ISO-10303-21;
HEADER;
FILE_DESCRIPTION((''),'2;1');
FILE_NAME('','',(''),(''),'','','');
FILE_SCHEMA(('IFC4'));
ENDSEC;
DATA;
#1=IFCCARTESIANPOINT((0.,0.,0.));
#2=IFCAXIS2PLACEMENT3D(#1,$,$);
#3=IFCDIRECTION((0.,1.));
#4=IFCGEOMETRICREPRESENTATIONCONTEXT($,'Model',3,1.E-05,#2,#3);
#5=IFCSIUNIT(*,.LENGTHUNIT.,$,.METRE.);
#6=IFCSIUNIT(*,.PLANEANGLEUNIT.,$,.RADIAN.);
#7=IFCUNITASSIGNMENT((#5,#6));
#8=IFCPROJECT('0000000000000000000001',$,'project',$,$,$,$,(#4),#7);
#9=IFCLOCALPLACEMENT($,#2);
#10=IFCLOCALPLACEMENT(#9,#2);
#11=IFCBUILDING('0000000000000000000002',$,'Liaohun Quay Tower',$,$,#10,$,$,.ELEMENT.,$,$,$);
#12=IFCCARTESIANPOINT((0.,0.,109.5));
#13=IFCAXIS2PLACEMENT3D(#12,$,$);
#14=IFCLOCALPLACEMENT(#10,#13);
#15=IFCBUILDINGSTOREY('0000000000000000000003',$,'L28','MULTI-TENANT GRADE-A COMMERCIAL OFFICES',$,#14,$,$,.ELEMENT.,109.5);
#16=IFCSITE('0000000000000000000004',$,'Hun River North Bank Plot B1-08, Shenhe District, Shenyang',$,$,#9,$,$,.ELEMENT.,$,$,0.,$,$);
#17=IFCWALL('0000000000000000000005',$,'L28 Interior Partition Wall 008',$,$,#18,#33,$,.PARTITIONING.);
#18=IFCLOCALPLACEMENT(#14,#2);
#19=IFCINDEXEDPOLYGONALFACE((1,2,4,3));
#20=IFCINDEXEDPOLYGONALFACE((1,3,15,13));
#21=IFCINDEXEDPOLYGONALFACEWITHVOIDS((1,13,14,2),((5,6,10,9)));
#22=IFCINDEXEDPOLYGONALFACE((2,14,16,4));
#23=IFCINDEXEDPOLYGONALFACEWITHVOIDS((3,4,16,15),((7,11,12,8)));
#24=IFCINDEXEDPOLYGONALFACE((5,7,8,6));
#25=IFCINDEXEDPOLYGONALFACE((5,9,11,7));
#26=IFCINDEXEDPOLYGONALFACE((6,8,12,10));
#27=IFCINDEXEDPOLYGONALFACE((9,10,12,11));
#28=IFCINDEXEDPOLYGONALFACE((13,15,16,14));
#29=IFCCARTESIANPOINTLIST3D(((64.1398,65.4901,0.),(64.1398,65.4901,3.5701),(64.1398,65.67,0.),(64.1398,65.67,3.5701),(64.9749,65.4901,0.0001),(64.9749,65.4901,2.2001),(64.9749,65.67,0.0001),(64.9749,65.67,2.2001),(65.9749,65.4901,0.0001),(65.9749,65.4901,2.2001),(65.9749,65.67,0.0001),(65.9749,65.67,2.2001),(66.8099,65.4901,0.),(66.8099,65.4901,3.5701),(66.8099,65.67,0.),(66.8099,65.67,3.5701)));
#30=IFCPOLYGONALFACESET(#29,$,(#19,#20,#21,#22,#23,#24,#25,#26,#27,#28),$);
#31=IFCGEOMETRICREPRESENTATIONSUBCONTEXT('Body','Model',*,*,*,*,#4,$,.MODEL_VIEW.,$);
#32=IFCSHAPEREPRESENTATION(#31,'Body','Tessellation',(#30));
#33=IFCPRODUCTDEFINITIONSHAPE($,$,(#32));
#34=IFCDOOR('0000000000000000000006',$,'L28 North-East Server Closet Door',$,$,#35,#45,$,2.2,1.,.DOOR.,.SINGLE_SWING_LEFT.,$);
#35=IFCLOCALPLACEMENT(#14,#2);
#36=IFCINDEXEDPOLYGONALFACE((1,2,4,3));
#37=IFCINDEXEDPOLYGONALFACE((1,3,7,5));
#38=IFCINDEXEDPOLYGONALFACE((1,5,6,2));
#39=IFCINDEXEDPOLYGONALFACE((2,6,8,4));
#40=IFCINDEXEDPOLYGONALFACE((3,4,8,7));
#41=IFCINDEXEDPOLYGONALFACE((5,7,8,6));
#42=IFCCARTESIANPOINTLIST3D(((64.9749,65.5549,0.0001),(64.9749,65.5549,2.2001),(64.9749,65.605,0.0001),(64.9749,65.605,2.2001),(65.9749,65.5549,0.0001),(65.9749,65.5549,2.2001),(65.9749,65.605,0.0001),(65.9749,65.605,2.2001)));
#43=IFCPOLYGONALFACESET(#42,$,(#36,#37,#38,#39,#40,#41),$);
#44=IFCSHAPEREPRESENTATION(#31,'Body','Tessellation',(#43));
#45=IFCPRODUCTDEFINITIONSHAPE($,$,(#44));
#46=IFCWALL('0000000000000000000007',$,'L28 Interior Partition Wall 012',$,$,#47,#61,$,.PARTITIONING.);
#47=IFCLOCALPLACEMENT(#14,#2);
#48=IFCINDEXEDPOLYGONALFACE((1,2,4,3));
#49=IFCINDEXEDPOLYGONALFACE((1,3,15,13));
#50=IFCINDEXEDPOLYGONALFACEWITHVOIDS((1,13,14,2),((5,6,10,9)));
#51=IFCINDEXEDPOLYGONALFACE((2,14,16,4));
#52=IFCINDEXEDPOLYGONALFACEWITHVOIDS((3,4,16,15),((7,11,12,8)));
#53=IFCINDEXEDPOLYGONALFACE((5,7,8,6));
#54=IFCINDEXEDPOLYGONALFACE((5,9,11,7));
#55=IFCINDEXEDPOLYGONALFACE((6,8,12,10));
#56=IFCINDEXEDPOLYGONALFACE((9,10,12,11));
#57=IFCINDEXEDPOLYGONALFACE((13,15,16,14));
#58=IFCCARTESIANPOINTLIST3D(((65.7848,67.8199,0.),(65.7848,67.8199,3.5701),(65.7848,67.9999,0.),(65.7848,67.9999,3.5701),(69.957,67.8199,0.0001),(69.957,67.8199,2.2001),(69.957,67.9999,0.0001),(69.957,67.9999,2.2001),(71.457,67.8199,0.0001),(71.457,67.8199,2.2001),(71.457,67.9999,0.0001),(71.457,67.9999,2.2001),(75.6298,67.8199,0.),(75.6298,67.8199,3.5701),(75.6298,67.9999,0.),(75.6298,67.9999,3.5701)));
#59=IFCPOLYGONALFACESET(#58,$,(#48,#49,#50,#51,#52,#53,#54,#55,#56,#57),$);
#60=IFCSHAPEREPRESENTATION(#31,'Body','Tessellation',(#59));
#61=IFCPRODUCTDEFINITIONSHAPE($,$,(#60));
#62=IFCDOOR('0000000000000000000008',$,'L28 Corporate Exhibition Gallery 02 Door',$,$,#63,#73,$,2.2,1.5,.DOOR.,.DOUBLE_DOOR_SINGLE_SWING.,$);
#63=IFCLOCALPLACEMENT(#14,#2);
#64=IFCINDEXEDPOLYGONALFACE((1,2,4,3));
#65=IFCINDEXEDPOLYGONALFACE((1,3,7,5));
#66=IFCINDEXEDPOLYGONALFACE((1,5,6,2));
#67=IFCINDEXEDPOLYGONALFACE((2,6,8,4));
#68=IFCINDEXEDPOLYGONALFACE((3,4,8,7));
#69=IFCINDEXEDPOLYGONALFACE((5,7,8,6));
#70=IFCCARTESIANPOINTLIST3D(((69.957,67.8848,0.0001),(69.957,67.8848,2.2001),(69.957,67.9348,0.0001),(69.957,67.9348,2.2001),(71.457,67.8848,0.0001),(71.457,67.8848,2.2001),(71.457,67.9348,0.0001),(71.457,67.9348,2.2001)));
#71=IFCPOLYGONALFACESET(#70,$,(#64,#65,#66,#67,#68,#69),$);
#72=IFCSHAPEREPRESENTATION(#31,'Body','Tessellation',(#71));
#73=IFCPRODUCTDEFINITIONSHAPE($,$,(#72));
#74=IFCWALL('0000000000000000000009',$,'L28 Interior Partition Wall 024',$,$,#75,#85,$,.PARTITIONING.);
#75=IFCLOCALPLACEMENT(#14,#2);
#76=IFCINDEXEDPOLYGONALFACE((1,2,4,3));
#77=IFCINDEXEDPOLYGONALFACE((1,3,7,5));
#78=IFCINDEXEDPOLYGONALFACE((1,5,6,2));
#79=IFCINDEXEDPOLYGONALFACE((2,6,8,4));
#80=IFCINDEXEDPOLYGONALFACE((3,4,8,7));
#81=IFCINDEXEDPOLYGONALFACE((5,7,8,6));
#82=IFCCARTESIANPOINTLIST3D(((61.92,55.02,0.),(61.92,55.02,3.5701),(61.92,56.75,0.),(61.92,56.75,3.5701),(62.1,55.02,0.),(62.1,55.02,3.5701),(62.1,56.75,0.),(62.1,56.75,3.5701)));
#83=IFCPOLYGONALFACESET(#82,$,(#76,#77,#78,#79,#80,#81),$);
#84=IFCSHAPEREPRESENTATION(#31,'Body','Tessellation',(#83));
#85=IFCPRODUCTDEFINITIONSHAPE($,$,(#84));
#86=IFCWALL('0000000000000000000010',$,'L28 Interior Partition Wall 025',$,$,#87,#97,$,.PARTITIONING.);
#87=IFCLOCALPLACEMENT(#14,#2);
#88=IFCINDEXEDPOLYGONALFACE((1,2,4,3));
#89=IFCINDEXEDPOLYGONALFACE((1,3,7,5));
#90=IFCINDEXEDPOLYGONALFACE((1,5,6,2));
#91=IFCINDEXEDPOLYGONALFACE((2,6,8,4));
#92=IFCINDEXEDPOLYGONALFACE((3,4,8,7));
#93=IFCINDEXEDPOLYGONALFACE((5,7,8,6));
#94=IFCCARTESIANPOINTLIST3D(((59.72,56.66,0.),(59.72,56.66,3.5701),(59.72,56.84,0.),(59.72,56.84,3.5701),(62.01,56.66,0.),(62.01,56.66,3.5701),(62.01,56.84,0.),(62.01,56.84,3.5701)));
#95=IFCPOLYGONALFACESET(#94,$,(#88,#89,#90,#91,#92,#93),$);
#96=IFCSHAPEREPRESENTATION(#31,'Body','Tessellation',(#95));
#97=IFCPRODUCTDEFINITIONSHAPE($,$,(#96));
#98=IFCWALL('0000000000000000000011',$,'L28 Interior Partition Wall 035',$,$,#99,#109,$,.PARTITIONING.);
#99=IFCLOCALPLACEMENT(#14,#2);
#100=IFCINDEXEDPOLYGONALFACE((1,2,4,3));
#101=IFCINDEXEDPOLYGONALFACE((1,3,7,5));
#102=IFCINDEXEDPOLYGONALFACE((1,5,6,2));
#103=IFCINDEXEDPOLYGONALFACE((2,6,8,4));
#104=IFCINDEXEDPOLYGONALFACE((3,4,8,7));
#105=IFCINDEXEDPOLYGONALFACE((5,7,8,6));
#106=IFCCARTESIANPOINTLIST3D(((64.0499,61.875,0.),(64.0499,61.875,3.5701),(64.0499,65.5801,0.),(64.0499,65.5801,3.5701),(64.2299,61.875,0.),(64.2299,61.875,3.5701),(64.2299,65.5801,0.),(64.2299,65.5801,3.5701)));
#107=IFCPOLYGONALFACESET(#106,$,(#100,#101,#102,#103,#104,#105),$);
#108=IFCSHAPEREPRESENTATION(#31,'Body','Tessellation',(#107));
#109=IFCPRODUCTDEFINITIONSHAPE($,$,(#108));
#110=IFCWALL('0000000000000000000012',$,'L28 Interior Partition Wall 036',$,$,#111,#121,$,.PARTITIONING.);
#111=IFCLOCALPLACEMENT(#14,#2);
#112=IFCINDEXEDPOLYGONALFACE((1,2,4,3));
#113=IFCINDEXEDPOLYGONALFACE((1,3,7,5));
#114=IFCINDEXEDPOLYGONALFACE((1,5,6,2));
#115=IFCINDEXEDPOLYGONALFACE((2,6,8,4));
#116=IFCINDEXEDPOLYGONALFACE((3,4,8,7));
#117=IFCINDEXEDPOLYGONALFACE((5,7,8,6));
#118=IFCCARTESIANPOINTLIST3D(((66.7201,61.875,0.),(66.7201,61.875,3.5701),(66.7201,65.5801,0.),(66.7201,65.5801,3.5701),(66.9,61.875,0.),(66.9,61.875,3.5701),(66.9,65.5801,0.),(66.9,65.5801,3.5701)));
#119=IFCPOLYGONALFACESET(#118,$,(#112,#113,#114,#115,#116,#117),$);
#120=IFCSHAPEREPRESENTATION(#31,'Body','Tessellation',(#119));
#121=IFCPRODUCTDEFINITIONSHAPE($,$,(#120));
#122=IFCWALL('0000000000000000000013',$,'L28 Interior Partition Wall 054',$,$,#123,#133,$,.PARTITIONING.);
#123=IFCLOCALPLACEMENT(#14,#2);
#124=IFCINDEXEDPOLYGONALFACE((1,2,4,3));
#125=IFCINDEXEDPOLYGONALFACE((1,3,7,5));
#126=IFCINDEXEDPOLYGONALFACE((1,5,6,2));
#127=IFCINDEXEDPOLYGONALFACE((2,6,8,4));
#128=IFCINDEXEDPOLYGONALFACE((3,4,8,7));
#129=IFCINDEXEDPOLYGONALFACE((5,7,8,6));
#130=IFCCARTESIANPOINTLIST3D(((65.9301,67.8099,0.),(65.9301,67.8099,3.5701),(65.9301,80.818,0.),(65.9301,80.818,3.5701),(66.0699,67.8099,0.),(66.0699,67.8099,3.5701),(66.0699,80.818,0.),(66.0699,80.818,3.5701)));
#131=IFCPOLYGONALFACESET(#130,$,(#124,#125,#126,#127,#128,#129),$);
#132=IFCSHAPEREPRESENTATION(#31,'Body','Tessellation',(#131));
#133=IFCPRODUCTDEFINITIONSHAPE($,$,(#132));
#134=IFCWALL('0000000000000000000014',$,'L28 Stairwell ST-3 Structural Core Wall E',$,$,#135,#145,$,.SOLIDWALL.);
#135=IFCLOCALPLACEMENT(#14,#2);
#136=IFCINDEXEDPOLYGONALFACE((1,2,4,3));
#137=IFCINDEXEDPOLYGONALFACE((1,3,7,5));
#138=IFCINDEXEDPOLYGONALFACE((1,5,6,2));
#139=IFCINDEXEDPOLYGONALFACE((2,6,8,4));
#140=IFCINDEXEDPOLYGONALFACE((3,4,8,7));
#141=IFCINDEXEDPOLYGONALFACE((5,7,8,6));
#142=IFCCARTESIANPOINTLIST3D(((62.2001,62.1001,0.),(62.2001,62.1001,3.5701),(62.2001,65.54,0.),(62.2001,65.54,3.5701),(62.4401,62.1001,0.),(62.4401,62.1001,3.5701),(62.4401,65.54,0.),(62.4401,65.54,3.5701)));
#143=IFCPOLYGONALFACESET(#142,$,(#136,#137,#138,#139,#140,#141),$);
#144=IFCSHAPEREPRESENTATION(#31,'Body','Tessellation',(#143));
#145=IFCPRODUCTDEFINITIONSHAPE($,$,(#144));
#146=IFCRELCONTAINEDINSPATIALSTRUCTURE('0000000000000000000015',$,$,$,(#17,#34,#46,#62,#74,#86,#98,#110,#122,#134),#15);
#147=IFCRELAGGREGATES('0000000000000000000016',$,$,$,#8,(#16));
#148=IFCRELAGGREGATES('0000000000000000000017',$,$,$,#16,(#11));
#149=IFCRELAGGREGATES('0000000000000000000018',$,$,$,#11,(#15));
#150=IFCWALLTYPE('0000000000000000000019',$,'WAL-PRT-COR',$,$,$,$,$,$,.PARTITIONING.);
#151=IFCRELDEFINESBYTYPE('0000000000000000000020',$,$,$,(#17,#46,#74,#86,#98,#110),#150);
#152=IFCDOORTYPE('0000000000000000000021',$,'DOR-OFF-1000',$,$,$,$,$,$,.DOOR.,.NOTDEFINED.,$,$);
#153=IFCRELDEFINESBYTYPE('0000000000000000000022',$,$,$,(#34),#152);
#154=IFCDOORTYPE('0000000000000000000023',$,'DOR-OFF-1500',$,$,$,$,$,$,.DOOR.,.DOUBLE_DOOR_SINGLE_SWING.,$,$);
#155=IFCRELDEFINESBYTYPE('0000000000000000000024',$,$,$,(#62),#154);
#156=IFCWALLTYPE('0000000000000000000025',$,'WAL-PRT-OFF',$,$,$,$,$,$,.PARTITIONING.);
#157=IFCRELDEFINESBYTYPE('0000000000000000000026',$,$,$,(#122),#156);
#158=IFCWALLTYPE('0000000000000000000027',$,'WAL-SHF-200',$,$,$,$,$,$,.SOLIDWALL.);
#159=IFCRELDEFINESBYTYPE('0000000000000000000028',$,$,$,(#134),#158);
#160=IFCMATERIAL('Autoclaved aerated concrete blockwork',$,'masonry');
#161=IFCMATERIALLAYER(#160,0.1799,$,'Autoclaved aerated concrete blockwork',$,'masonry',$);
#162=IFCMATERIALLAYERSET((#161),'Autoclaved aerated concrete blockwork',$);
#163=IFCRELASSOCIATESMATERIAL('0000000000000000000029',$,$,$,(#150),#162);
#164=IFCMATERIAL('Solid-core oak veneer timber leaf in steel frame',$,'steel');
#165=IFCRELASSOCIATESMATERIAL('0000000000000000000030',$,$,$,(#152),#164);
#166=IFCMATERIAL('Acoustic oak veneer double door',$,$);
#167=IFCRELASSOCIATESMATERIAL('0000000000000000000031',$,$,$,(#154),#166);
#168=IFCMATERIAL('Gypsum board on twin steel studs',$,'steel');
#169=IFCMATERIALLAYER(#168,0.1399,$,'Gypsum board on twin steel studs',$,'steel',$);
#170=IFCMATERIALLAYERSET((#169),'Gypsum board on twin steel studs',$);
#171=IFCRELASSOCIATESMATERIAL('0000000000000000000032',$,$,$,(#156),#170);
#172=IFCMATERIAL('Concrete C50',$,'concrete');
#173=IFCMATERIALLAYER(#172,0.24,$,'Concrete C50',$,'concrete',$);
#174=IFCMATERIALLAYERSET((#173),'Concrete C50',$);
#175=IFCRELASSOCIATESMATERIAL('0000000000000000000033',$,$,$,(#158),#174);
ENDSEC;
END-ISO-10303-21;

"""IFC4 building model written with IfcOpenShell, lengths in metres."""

from ifc_helpers import new_model, si_unit, direction, frame, frame_2d, origin, place, context, subcontext, project, spatial, rectangle, extrude, source, transform, mapped, material, layer, layer_set, type_object, element, fill, save


model = new_model("IFC4")

# Units and contexts
model_context = context("Model", 3, precision=1e-05, world=origin(), true_north=direction((0.0, 1.0)))
body_context = subcontext(model_context, "Body", "Model", "MODEL_VIEW")
ifc_project = project(units=[si_unit("LENGTHUNIT", "METRE"), si_unit("PLANEANGLEUNIT", "RADIAN")], contexts=[model_context])

# Site, building, storey
site_placement = place(None, origin())
site = spatial("IfcSite", under=ifc_project, at=site_placement, Name="Hun River North Bank Plot B1-08, Shenhe District, Shenyang", CompositionType="ELEMENT", RefElevation=0.0)
building_placement = place(site_placement, origin())
building = spatial("IfcBuilding", under=site, at=building_placement, Name="Liaohun Quay Tower", CompositionType="ELEMENT")
storey_placement = place(building_placement, frame((0.0, 0.0, 109.5)))
storey = spatial("IfcBuildingStorey", under=building, at=storey_placement, Name="L28", Description="MULTI-TENANT GRADE-A COMMERCIAL OFFICES", CompositionType="ELEMENT", Elevation=109.5)

# Walls, openings, doors
ifc_material_1 = material(Name="Autoclaved aerated concrete blockwork", Category="masonry")
ifc_layer_1 = layer(ifc_material_1, 0.1799, Name="Autoclaved aerated concrete blockwork", Category="masonry")
ifc_layer_set_1 = layer_set([ifc_layer_1], Name="Autoclaved aerated concrete blockwork")
wall_type_1 = type_object("IfcWallType", Name="WAL-PRT-COR", PredefinedType="PARTITIONING", material=ifc_layer_set_1)
wall_1_placement = place(storey_placement, frame((64.1399, 65.5801, 0.0), z_axis=(0.0, 0.0, 1.0), x_axis=(1.0, 0.0, 0.0)))
wall_1 = element("IfcWall", 1, at=wall_1_placement, inside=storey, type_object=wall_type_1, Name="L28 Interior Partition Wall 008", PredefinedType="PARTITIONING", context=body_context, shape_type="SweptSolid", body=[
    extrude(rectangle(XDim=2.6702, YDim=0.1799, at=frame_2d((1.335, 0.0))), origin(), (0.0, 0.0, 1.0), 3.5701),
])
shared_shape_1 = source(origin(), body_context, "Body", "SweptSolid", [
    extrude(rectangle(XDim=1.0, YDim=2.2, at=frame_2d((0.5, 1.1001))), frame((0.0, 0.0999, 0.0), z_axis=(0.0, -1.0, 0.0), x_axis=(1.0, 0.0, 0.0)), (0.0, 0.0, 1.0), 0.2),
])
opening_1_placement = place(wall_1_placement, frame((0.835, 0.0, 0.0)))
opening_1 = element("IfcOpeningElement", 2, at=opening_1_placement, cuts=wall_1, PredefinedType="OPENING", context=body_context, shape_type="MappedRepresentation", body=[
    mapped(shared_shape_1, transform((0.0, 0.0, 0.0), x_axis=(1.0, 0.0, 0.0), y_axis=(0.0, 1.0, 0.0), z_axis=(0.0, 0.0, 1.0), scale=1.0)),
])
ifc_material_2 = material(Name="Solid-core oak veneer timber leaf in steel frame", Category="steel")
door_type_1 = type_object("IfcDoorType", Name="DOR-OFF-1000", OperationType="NOTDEFINED", PredefinedType="DOOR", material=ifc_material_2)
shared_shape_2 = source(origin(), body_context, "Body", "SweptSolid", [
    extrude(rectangle(XDim=1.0, YDim=2.2, at=frame_2d((0.5, 1.1001))), frame((0.0, 0.0249, 0.0), z_axis=(0.0, -1.0, 0.0), x_axis=(1.0, 0.0, 0.0)), (0.0, 0.0, 1.0), 0.05),
])
door_1_placement = place(opening_1_placement, origin())
door_1 = element("IfcDoor", 3, at=door_1_placement, inside=storey, type_object=door_type_1, Name="L28 North-East Server Closet Door", OperationType="SINGLE_SWING_LEFT", OverallHeight=2.2, OverallWidth=1.0, PredefinedType="DOOR", context=body_context, shape_type="MappedRepresentation", body=[
    mapped(shared_shape_2, transform((0.0, 0.0, 0.0), x_axis=(1.0, 0.0, 0.0), y_axis=(0.0, 1.0, 0.0), z_axis=(0.0, 0.0, 1.0), scale=1.0)),
])
fill(opening_1, door_1)
wall_2_placement = place(storey_placement, frame((65.7849, 67.9099, 0.0), z_axis=(0.0, 0.0, 1.0), x_axis=(1.0, 0.0, 0.0)))
wall_2 = element("IfcWall", 4, at=wall_2_placement, inside=storey, type_object=wall_type_1, Name="L28 Interior Partition Wall 012", PredefinedType="PARTITIONING", context=body_context, shape_type="SweptSolid", body=[
    extrude(rectangle(XDim=9.845, YDim=0.1799, at=frame_2d((4.9224, 0.0))), origin(), (0.0, 0.0, 1.0), 3.5701),
])
shared_shape_3 = source(origin(), body_context, "Body", "SweptSolid", [
    extrude(rectangle(XDim=1.5, YDim=2.2, at=frame_2d((0.75, 1.1001))), frame((0.0, 0.0999, 0.0), z_axis=(0.0, -1.0, 0.0), x_axis=(1.0, 0.0, 0.0)), (0.0, 0.0, 1.0), 0.2),
])
opening_2_placement = place(wall_2_placement, frame((4.1721, 0.0, 0.0)))
opening_2 = element("IfcOpeningElement", 5, at=opening_2_placement, cuts=wall_2, PredefinedType="OPENING", context=body_context, shape_type="MappedRepresentation", body=[
    mapped(shared_shape_3, transform((0.0, 0.0, 0.0), x_axis=(1.0, 0.0, 0.0), y_axis=(0.0, 1.0, 0.0), z_axis=(0.0, 0.0, 1.0), scale=1.0)),
])
ifc_material_3 = material(Name="Acoustic oak veneer double door")
door_type_2 = type_object("IfcDoorType", Name="DOR-OFF-1500", OperationType="DOUBLE_DOOR_SINGLE_SWING", PredefinedType="DOOR", material=ifc_material_3)
shared_shape_4 = source(origin(), body_context, "Body", "SweptSolid", [
    extrude(rectangle(XDim=1.5, YDim=2.2, at=frame_2d((0.75, 1.1001))), frame((0.0, 0.0249, 0.0), z_axis=(0.0, -1.0, 0.0), x_axis=(1.0, 0.0, 0.0)), (0.0, 0.0, 1.0), 0.05),
])
door_2_placement = place(opening_2_placement, origin())
door_2 = element("IfcDoor", 6, at=door_2_placement, inside=storey, type_object=door_type_2, Name="L28 Corporate Exhibition Gallery 02 Door", OperationType="DOUBLE_DOOR_SINGLE_SWING", OverallHeight=2.2, OverallWidth=1.5, PredefinedType="DOOR", context=body_context, shape_type="MappedRepresentation", body=[
    mapped(shared_shape_4, transform((0.0, 0.0, 0.0), x_axis=(1.0, 0.0, 0.0), y_axis=(0.0, 1.0, 0.0), z_axis=(0.0, 0.0, 1.0), scale=1.0)),
])
fill(opening_2, door_2)

# Walls
wall_3_placement = place(storey_placement, frame((62.01, 55.02, 0.0), z_axis=(0.0, 0.0, 1.0), x_axis=(0.0, 1.0, 0.0)))
element("IfcWall", 7, at=wall_3_placement, inside=storey, type_object=wall_type_1, Name="L28 Interior Partition Wall 024", PredefinedType="PARTITIONING", context=body_context, shape_type="SweptSolid", body=[
    extrude(rectangle(XDim=1.73, YDim=0.1799, at=frame_2d((0.865, 0.0))), origin(), (0.0, 0.0, 1.0), 3.5701),
])
wall_4_placement = place(storey_placement, frame((59.72, 56.75, 0.0), z_axis=(0.0, 0.0, 1.0), x_axis=(1.0, 0.0, 0.0)))
element("IfcWall", 8, at=wall_4_placement, inside=storey, type_object=wall_type_1, Name="L28 Interior Partition Wall 025", PredefinedType="PARTITIONING", context=body_context, shape_type="SweptSolid", body=[
    extrude(rectangle(XDim=2.29, YDim=0.1799, at=frame_2d((1.145, 0.0))), origin(), (0.0, 0.0, 1.0), 3.5701),
])
for number, where, z_axis, x_axis, name in (
    (9, (64.1399, 61.875, 0.0), (0.0, 0.0, 1.0), (0.0, 1.0, 0.0), "L28 Interior Partition Wall 035"),
    (10, (66.8101, 61.875, 0.0), (0.0, 0.0, 1.0), (0.0, 1.0, 0.0), "L28 Interior Partition Wall 036"),
):
    element("IfcWall", number, at=place(storey_placement, frame(where, z_axis=z_axis, x_axis=x_axis)), inside=storey, type_object=wall_type_1, Name=name, PredefinedType="PARTITIONING", context=body_context, shape_type="SweptSolid", body=[
        extrude(rectangle(XDim=3.7051, YDim=0.1799, at=frame_2d((1.8525, 0.0))), origin(), (0.0, 0.0, 1.0), 3.5701),
    ])
ifc_material_4 = material(Name="Gypsum board on twin steel studs", Category="steel")
ifc_layer_2 = layer(ifc_material_4, 0.1399, Name="Gypsum board on twin steel studs", Category="steel")
ifc_layer_set_2 = layer_set([ifc_layer_2], Name="Gypsum board on twin steel studs")
wall_type_2 = type_object("IfcWallType", Name="WAL-PRT-OFF", PredefinedType="PARTITIONING", material=ifc_layer_set_2)
wall_5_placement = place(storey_placement, frame((66.0, 67.8101, 0.0), z_axis=(0.0, 0.0, 1.0), x_axis=(0.0, 1.0, 0.0)))
element("IfcWall", 11, at=wall_5_placement, inside=storey, type_object=wall_type_2, Name="L28 Interior Partition Wall 054", PredefinedType="PARTITIONING", context=body_context, shape_type="SweptSolid", body=[
    extrude(rectangle(XDim=13.0081, YDim=0.1399, at=frame_2d((6.5039, 0.0))), origin(), (0.0, 0.0, 1.0), 3.5701),
])
ifc_material_5 = material(Name="Concrete C50", Category="concrete")
ifc_layer_3 = layer(ifc_material_5, 0.24, Name="Concrete C50", Category="concrete")
ifc_layer_set_3 = layer_set([ifc_layer_3], Name="Concrete C50")
wall_type_3 = type_object("IfcWallType", Name="WAL-SHF-200", PredefinedType="SOLIDWALL", material=ifc_layer_set_3)
wall_6_placement = place(storey_placement, frame((62.3201, 62.1001, 0.0), z_axis=(0.0, 0.0, 1.0), x_axis=(0.0, 1.0, 0.0)))
element("IfcWall", 12, at=wall_6_placement, inside=storey, type_object=wall_type_3, Name="L28 Stairwell ST-3 Structural Core Wall E", PredefinedType="SOLIDWALL", context=body_context, shape_type="SweptSolid", body=[
    extrude(rectangle(XDim=3.4399, YDim=0.24, at=frame_2d((1.72, 0.0))), origin(), (0.0, 0.0, 1.0), 3.5701),
])

save(model, "model.ifc")
